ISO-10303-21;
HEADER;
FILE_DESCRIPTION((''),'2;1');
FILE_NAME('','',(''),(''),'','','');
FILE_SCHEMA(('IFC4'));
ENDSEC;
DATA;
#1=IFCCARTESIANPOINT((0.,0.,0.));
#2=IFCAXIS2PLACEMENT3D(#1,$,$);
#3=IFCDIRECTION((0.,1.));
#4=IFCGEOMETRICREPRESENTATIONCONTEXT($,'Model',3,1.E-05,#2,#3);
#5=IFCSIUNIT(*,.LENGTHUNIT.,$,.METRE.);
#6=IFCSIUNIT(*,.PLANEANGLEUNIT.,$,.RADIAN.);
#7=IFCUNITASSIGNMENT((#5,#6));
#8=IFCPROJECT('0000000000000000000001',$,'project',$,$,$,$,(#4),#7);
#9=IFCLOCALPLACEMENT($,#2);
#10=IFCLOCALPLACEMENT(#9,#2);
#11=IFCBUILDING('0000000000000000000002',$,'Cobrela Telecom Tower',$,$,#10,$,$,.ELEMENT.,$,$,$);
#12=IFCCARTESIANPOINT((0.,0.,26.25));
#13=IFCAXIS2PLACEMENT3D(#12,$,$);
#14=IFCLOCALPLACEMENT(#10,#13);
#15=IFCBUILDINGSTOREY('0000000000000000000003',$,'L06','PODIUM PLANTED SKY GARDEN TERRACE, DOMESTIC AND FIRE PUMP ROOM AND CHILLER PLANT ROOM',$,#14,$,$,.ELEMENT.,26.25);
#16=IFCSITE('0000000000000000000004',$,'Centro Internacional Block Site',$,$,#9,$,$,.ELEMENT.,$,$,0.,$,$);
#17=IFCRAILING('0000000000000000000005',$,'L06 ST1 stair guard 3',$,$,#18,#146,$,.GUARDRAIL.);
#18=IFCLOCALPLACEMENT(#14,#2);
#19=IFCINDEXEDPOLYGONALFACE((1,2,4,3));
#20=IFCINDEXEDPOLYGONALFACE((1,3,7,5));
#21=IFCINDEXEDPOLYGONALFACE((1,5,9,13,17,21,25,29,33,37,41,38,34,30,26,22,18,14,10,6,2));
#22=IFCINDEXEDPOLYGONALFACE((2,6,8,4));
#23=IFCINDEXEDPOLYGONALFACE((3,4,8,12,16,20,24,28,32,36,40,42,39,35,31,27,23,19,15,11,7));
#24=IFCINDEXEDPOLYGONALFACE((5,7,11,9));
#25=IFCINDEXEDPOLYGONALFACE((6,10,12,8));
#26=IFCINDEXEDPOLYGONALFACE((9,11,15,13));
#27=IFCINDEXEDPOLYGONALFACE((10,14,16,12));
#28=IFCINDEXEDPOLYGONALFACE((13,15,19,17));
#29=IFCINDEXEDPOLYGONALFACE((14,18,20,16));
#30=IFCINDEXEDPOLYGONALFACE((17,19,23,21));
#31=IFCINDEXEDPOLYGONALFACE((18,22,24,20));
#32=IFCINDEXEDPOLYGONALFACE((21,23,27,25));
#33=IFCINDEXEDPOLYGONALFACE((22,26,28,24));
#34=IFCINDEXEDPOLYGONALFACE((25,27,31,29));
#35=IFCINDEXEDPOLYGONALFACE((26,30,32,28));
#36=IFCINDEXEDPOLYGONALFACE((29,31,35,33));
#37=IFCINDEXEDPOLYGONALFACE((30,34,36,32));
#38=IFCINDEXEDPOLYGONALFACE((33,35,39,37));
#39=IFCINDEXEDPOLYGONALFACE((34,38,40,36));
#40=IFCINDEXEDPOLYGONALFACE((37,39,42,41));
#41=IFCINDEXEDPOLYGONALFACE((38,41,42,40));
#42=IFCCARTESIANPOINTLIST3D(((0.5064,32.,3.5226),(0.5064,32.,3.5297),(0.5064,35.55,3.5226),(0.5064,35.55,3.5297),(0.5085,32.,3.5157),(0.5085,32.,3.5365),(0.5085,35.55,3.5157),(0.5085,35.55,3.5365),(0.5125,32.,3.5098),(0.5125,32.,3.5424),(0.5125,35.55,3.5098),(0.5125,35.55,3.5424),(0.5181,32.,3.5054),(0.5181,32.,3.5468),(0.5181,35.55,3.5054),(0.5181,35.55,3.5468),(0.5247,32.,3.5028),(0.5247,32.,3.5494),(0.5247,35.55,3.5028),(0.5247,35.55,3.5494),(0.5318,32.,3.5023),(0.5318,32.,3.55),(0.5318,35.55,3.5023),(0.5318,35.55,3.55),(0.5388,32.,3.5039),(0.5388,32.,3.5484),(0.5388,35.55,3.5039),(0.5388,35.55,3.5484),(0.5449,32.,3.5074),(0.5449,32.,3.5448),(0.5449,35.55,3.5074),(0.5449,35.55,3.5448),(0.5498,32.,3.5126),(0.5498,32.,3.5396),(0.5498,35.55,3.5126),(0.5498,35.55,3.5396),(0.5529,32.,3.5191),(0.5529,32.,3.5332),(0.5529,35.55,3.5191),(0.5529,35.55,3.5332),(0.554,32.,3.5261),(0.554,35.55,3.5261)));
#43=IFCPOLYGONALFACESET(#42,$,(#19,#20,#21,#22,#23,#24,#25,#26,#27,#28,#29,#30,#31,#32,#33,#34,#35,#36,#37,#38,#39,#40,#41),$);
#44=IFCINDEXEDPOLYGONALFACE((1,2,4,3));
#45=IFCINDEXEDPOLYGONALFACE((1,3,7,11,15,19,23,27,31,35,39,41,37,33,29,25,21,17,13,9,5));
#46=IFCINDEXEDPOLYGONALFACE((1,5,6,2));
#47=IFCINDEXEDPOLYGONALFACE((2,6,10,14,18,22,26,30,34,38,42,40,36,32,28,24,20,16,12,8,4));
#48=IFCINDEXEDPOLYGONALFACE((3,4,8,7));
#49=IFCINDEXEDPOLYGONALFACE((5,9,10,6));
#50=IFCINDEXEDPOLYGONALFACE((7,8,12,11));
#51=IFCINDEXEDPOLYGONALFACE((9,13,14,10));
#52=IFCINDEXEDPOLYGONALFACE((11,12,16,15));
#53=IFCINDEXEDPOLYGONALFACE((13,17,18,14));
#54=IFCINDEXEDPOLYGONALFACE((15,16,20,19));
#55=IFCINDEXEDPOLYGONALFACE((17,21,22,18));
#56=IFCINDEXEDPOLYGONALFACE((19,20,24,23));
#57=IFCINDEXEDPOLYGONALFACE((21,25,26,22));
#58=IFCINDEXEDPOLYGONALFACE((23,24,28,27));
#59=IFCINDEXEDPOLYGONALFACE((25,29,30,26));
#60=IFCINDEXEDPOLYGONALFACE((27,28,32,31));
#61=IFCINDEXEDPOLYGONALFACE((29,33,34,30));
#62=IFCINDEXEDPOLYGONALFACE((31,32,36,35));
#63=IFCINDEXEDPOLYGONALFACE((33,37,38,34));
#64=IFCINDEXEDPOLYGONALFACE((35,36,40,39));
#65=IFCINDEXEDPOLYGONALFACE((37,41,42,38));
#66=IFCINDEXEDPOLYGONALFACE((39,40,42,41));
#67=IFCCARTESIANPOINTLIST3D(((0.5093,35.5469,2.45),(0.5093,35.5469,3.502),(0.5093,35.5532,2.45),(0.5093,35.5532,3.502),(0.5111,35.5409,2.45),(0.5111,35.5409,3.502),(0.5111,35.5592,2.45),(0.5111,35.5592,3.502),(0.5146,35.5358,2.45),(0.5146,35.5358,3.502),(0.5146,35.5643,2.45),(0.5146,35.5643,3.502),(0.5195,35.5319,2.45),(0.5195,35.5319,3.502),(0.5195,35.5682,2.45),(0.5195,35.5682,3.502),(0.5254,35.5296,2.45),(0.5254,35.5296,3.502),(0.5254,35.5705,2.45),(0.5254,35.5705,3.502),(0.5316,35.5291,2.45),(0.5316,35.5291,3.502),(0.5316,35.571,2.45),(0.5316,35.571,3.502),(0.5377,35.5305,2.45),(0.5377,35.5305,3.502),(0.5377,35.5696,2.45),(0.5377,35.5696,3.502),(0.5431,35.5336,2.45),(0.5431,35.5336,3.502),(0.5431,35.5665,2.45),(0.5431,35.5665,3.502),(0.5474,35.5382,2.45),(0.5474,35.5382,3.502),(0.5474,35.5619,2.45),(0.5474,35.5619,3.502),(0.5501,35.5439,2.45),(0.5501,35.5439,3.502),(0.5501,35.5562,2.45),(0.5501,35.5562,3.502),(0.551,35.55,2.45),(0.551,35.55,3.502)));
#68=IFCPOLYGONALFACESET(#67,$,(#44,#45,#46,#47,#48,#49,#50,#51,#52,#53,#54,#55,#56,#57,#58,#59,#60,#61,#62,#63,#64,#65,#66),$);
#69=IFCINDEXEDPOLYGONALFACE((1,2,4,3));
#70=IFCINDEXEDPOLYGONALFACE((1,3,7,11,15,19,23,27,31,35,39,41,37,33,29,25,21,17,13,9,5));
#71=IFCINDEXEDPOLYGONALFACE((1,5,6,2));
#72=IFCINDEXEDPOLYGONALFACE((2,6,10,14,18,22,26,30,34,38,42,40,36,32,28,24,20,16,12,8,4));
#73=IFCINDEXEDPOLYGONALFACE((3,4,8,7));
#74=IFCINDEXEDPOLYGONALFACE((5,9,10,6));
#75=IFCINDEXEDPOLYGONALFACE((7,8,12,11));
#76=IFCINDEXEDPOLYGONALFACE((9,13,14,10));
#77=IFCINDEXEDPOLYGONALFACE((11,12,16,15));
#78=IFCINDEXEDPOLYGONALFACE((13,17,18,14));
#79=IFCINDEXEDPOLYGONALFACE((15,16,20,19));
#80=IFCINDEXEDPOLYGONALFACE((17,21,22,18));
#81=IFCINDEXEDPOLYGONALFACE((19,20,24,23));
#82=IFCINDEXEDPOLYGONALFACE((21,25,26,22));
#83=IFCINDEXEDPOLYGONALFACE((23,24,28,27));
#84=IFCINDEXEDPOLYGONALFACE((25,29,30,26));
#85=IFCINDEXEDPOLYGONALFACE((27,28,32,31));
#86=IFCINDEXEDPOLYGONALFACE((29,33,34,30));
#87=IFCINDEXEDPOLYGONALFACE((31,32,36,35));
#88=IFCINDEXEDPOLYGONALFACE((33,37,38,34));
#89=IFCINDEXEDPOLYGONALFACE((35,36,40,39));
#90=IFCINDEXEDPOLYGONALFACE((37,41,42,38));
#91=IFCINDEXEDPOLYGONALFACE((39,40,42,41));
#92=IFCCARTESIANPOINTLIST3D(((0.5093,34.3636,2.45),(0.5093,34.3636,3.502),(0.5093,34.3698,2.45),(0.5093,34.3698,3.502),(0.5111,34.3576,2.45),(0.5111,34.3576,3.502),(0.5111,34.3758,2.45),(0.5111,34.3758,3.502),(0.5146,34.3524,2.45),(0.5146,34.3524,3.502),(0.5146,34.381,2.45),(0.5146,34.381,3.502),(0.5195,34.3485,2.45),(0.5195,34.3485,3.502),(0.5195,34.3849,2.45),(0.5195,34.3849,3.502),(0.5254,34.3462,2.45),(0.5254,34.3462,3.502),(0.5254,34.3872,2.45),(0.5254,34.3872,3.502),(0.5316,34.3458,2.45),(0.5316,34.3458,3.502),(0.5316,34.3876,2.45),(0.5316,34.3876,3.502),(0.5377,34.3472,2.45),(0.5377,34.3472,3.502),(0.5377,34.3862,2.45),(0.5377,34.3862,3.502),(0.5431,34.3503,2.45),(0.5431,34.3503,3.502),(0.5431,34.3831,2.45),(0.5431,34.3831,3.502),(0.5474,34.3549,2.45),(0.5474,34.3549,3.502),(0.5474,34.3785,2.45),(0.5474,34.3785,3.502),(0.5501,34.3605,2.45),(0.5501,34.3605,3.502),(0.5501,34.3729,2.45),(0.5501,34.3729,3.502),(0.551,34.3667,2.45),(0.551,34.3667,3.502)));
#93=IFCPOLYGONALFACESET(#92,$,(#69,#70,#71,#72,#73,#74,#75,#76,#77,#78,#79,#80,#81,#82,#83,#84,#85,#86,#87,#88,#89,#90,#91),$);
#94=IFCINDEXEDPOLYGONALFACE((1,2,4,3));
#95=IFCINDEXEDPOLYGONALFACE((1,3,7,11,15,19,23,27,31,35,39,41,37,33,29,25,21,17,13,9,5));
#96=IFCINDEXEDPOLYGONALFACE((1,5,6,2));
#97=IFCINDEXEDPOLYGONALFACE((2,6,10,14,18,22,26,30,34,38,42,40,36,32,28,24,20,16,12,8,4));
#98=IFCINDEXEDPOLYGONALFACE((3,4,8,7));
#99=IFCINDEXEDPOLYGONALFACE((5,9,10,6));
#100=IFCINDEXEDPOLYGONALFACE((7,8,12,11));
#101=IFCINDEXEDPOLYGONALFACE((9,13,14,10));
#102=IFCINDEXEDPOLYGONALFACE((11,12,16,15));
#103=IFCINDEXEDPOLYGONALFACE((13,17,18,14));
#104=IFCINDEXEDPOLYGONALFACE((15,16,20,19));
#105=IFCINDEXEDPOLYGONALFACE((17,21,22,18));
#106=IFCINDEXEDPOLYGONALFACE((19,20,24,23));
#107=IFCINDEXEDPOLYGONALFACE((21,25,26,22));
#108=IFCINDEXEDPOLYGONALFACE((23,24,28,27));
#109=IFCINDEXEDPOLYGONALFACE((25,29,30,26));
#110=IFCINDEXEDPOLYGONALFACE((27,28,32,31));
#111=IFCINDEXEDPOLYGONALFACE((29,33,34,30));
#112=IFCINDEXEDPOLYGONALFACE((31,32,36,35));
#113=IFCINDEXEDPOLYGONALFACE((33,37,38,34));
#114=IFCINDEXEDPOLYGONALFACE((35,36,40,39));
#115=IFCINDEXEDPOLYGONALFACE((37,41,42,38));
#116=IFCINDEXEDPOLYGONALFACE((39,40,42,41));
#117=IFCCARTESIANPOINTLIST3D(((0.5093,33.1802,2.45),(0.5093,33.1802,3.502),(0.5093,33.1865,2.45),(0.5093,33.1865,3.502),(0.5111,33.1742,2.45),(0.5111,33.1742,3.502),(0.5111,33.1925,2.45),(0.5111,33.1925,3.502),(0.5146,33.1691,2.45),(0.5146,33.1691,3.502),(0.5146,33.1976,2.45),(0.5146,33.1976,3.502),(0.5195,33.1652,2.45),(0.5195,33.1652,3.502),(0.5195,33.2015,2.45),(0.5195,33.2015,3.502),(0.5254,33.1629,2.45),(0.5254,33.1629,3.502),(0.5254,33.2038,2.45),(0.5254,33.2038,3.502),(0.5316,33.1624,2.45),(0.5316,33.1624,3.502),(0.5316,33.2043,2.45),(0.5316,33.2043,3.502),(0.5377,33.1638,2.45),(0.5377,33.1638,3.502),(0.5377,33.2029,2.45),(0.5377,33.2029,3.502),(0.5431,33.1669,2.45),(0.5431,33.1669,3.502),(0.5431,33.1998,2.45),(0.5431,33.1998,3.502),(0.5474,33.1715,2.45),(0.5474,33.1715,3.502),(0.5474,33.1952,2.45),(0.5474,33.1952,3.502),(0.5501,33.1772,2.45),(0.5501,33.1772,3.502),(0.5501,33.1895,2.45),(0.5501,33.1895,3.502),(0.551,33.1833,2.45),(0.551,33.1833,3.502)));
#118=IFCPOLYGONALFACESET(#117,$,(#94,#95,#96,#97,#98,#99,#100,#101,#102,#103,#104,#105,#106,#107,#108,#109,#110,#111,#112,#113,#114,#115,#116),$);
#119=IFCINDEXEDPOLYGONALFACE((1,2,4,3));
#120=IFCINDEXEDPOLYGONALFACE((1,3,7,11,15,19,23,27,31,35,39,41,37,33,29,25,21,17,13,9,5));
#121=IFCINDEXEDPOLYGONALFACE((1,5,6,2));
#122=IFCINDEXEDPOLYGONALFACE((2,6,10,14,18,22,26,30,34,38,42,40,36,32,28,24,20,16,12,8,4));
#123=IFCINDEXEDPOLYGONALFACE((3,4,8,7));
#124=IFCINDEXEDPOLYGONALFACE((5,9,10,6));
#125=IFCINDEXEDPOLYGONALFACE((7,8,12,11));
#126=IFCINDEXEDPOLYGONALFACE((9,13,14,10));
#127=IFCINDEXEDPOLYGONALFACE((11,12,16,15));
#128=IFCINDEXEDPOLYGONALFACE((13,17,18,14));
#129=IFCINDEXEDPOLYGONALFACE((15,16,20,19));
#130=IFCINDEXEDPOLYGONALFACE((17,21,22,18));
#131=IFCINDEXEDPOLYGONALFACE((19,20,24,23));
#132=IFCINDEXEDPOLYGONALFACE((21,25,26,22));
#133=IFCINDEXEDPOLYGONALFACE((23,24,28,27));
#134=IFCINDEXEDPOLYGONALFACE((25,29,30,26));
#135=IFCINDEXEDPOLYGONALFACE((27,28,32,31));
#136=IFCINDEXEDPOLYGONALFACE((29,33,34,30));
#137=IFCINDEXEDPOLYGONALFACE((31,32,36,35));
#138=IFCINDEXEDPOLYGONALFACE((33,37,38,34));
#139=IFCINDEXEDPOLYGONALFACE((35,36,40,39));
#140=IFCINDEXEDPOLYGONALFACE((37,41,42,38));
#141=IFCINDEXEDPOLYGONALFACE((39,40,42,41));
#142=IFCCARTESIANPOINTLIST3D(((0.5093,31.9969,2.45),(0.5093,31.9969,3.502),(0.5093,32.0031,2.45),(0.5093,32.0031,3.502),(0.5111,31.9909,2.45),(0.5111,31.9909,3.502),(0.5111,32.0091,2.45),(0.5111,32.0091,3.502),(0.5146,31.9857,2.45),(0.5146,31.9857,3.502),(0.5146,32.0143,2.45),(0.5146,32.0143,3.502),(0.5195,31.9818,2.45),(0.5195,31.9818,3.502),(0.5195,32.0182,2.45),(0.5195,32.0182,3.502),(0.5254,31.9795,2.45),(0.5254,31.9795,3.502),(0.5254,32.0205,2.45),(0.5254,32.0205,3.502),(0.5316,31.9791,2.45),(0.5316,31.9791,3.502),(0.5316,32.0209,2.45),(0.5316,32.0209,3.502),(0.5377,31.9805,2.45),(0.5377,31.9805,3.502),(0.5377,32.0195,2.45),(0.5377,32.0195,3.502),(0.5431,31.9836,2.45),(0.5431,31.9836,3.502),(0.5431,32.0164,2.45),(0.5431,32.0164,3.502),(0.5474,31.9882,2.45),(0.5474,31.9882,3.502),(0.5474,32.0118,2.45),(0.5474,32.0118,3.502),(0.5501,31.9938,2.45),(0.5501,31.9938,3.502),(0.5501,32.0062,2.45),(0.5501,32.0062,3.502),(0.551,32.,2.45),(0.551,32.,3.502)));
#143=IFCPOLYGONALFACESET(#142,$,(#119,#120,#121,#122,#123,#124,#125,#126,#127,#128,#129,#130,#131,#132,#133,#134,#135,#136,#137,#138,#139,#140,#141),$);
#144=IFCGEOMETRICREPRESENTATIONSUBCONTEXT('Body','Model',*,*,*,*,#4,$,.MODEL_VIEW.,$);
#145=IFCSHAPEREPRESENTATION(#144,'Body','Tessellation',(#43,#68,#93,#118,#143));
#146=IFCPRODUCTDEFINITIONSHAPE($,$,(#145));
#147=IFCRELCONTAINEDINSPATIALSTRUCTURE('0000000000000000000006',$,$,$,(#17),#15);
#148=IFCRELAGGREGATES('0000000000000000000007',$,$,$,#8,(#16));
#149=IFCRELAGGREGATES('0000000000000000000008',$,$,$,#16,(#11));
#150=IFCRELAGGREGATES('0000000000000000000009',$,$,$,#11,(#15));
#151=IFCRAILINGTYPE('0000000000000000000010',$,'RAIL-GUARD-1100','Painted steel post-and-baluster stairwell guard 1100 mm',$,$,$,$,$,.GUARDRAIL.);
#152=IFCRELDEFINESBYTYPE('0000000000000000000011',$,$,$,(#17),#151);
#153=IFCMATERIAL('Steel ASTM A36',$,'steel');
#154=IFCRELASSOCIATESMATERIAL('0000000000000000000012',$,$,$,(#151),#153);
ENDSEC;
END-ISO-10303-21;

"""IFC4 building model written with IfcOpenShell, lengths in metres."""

from ifc_helpers import new_model, si_unit, direction, frame, origin, origin_2d, place, context, subcontext, project, spatial, circle, extrude, material, type_object, element, save


model = new_model("IFC4")

# Units and contexts
model_context = context("Model", 3, precision=1e-05, world=origin(), true_north=direction((0.0, 1.0)))
body_context = subcontext(model_context, "Body", "Model", "MODEL_VIEW")
ifc_project = project(units=[si_unit("LENGTHUNIT", "METRE"), si_unit("PLANEANGLEUNIT", "RADIAN")], contexts=[model_context])

# Site, building, storey
site_placement = place(None, origin())
site = spatial("IfcSite", under=ifc_project, at=site_placement, Name="Centro Internacional Block Site", CompositionType="ELEMENT", RefElevation=0.0)
building_placement = place(site_placement, origin())
building = spatial("IfcBuilding", under=site, at=building_placement, Name="Cobrela Telecom Tower", CompositionType="ELEMENT")
storey_placement = place(building_placement, frame((0.0, 0.0, 26.25)))
storey = spatial("IfcBuildingStorey", under=building, at=storey_placement, Name="L06", Description="PODIUM PLANTED SKY GARDEN TERRACE, DOMESTIC AND FIRE PUMP ROOM AND CHILLER PLANT ROOM", CompositionType="ELEMENT", Elevation=26.25)

# Railing
ifc_material_1 = material(Name="Steel ASTM A36", Category="steel")
railing_type_1 = type_object("IfcRailingType", Name="RAIL-GUARD-1100", Description="Painted steel post-and-baluster stairwell guard 1100 mm", PredefinedType="GUARDRAIL", material=ifc_material_1)
railing_1_placement = place(storey_placement, frame((0.53, 35.55, 2.45)))
element("IfcRailing", 1, at=railing_1_placement, inside=storey, type_object=railing_type_1, Name="L06 ST1 stair guard 3", PredefinedType="GUARDRAIL", context=body_context, shape_type="SweptSolid", body=[
    extrude(circle(Radius=0.0239, at=origin_2d()), frame((0.0, 0.0, 1.0762), z_axis=(0.0, -1.0, 0.0), x_axis=(1.0, 0.0, 0.0)), (0.0, 0.0, 1.0), 3.55),
    extrude(circle(Radius=0.021, at=origin_2d()), origin(), (0.0, 0.0, 1.0), 1.052),
    extrude(circle(Radius=0.021, at=origin_2d()), frame((0.0, -1.1833, 0.0)), (0.0, 0.0, 1.0), 1.052),
    extrude(circle(Radius=0.021, at=origin_2d()), frame((0.0, -2.3667, 0.0)), (0.0, 0.0, 1.0), 1.052),
    extrude(circle(Radius=0.021, at=origin_2d()), frame((0.0, -3.55, 0.0)), (0.0, 0.0, 1.0), 1.052),
])

save(model, "model.ifc")
